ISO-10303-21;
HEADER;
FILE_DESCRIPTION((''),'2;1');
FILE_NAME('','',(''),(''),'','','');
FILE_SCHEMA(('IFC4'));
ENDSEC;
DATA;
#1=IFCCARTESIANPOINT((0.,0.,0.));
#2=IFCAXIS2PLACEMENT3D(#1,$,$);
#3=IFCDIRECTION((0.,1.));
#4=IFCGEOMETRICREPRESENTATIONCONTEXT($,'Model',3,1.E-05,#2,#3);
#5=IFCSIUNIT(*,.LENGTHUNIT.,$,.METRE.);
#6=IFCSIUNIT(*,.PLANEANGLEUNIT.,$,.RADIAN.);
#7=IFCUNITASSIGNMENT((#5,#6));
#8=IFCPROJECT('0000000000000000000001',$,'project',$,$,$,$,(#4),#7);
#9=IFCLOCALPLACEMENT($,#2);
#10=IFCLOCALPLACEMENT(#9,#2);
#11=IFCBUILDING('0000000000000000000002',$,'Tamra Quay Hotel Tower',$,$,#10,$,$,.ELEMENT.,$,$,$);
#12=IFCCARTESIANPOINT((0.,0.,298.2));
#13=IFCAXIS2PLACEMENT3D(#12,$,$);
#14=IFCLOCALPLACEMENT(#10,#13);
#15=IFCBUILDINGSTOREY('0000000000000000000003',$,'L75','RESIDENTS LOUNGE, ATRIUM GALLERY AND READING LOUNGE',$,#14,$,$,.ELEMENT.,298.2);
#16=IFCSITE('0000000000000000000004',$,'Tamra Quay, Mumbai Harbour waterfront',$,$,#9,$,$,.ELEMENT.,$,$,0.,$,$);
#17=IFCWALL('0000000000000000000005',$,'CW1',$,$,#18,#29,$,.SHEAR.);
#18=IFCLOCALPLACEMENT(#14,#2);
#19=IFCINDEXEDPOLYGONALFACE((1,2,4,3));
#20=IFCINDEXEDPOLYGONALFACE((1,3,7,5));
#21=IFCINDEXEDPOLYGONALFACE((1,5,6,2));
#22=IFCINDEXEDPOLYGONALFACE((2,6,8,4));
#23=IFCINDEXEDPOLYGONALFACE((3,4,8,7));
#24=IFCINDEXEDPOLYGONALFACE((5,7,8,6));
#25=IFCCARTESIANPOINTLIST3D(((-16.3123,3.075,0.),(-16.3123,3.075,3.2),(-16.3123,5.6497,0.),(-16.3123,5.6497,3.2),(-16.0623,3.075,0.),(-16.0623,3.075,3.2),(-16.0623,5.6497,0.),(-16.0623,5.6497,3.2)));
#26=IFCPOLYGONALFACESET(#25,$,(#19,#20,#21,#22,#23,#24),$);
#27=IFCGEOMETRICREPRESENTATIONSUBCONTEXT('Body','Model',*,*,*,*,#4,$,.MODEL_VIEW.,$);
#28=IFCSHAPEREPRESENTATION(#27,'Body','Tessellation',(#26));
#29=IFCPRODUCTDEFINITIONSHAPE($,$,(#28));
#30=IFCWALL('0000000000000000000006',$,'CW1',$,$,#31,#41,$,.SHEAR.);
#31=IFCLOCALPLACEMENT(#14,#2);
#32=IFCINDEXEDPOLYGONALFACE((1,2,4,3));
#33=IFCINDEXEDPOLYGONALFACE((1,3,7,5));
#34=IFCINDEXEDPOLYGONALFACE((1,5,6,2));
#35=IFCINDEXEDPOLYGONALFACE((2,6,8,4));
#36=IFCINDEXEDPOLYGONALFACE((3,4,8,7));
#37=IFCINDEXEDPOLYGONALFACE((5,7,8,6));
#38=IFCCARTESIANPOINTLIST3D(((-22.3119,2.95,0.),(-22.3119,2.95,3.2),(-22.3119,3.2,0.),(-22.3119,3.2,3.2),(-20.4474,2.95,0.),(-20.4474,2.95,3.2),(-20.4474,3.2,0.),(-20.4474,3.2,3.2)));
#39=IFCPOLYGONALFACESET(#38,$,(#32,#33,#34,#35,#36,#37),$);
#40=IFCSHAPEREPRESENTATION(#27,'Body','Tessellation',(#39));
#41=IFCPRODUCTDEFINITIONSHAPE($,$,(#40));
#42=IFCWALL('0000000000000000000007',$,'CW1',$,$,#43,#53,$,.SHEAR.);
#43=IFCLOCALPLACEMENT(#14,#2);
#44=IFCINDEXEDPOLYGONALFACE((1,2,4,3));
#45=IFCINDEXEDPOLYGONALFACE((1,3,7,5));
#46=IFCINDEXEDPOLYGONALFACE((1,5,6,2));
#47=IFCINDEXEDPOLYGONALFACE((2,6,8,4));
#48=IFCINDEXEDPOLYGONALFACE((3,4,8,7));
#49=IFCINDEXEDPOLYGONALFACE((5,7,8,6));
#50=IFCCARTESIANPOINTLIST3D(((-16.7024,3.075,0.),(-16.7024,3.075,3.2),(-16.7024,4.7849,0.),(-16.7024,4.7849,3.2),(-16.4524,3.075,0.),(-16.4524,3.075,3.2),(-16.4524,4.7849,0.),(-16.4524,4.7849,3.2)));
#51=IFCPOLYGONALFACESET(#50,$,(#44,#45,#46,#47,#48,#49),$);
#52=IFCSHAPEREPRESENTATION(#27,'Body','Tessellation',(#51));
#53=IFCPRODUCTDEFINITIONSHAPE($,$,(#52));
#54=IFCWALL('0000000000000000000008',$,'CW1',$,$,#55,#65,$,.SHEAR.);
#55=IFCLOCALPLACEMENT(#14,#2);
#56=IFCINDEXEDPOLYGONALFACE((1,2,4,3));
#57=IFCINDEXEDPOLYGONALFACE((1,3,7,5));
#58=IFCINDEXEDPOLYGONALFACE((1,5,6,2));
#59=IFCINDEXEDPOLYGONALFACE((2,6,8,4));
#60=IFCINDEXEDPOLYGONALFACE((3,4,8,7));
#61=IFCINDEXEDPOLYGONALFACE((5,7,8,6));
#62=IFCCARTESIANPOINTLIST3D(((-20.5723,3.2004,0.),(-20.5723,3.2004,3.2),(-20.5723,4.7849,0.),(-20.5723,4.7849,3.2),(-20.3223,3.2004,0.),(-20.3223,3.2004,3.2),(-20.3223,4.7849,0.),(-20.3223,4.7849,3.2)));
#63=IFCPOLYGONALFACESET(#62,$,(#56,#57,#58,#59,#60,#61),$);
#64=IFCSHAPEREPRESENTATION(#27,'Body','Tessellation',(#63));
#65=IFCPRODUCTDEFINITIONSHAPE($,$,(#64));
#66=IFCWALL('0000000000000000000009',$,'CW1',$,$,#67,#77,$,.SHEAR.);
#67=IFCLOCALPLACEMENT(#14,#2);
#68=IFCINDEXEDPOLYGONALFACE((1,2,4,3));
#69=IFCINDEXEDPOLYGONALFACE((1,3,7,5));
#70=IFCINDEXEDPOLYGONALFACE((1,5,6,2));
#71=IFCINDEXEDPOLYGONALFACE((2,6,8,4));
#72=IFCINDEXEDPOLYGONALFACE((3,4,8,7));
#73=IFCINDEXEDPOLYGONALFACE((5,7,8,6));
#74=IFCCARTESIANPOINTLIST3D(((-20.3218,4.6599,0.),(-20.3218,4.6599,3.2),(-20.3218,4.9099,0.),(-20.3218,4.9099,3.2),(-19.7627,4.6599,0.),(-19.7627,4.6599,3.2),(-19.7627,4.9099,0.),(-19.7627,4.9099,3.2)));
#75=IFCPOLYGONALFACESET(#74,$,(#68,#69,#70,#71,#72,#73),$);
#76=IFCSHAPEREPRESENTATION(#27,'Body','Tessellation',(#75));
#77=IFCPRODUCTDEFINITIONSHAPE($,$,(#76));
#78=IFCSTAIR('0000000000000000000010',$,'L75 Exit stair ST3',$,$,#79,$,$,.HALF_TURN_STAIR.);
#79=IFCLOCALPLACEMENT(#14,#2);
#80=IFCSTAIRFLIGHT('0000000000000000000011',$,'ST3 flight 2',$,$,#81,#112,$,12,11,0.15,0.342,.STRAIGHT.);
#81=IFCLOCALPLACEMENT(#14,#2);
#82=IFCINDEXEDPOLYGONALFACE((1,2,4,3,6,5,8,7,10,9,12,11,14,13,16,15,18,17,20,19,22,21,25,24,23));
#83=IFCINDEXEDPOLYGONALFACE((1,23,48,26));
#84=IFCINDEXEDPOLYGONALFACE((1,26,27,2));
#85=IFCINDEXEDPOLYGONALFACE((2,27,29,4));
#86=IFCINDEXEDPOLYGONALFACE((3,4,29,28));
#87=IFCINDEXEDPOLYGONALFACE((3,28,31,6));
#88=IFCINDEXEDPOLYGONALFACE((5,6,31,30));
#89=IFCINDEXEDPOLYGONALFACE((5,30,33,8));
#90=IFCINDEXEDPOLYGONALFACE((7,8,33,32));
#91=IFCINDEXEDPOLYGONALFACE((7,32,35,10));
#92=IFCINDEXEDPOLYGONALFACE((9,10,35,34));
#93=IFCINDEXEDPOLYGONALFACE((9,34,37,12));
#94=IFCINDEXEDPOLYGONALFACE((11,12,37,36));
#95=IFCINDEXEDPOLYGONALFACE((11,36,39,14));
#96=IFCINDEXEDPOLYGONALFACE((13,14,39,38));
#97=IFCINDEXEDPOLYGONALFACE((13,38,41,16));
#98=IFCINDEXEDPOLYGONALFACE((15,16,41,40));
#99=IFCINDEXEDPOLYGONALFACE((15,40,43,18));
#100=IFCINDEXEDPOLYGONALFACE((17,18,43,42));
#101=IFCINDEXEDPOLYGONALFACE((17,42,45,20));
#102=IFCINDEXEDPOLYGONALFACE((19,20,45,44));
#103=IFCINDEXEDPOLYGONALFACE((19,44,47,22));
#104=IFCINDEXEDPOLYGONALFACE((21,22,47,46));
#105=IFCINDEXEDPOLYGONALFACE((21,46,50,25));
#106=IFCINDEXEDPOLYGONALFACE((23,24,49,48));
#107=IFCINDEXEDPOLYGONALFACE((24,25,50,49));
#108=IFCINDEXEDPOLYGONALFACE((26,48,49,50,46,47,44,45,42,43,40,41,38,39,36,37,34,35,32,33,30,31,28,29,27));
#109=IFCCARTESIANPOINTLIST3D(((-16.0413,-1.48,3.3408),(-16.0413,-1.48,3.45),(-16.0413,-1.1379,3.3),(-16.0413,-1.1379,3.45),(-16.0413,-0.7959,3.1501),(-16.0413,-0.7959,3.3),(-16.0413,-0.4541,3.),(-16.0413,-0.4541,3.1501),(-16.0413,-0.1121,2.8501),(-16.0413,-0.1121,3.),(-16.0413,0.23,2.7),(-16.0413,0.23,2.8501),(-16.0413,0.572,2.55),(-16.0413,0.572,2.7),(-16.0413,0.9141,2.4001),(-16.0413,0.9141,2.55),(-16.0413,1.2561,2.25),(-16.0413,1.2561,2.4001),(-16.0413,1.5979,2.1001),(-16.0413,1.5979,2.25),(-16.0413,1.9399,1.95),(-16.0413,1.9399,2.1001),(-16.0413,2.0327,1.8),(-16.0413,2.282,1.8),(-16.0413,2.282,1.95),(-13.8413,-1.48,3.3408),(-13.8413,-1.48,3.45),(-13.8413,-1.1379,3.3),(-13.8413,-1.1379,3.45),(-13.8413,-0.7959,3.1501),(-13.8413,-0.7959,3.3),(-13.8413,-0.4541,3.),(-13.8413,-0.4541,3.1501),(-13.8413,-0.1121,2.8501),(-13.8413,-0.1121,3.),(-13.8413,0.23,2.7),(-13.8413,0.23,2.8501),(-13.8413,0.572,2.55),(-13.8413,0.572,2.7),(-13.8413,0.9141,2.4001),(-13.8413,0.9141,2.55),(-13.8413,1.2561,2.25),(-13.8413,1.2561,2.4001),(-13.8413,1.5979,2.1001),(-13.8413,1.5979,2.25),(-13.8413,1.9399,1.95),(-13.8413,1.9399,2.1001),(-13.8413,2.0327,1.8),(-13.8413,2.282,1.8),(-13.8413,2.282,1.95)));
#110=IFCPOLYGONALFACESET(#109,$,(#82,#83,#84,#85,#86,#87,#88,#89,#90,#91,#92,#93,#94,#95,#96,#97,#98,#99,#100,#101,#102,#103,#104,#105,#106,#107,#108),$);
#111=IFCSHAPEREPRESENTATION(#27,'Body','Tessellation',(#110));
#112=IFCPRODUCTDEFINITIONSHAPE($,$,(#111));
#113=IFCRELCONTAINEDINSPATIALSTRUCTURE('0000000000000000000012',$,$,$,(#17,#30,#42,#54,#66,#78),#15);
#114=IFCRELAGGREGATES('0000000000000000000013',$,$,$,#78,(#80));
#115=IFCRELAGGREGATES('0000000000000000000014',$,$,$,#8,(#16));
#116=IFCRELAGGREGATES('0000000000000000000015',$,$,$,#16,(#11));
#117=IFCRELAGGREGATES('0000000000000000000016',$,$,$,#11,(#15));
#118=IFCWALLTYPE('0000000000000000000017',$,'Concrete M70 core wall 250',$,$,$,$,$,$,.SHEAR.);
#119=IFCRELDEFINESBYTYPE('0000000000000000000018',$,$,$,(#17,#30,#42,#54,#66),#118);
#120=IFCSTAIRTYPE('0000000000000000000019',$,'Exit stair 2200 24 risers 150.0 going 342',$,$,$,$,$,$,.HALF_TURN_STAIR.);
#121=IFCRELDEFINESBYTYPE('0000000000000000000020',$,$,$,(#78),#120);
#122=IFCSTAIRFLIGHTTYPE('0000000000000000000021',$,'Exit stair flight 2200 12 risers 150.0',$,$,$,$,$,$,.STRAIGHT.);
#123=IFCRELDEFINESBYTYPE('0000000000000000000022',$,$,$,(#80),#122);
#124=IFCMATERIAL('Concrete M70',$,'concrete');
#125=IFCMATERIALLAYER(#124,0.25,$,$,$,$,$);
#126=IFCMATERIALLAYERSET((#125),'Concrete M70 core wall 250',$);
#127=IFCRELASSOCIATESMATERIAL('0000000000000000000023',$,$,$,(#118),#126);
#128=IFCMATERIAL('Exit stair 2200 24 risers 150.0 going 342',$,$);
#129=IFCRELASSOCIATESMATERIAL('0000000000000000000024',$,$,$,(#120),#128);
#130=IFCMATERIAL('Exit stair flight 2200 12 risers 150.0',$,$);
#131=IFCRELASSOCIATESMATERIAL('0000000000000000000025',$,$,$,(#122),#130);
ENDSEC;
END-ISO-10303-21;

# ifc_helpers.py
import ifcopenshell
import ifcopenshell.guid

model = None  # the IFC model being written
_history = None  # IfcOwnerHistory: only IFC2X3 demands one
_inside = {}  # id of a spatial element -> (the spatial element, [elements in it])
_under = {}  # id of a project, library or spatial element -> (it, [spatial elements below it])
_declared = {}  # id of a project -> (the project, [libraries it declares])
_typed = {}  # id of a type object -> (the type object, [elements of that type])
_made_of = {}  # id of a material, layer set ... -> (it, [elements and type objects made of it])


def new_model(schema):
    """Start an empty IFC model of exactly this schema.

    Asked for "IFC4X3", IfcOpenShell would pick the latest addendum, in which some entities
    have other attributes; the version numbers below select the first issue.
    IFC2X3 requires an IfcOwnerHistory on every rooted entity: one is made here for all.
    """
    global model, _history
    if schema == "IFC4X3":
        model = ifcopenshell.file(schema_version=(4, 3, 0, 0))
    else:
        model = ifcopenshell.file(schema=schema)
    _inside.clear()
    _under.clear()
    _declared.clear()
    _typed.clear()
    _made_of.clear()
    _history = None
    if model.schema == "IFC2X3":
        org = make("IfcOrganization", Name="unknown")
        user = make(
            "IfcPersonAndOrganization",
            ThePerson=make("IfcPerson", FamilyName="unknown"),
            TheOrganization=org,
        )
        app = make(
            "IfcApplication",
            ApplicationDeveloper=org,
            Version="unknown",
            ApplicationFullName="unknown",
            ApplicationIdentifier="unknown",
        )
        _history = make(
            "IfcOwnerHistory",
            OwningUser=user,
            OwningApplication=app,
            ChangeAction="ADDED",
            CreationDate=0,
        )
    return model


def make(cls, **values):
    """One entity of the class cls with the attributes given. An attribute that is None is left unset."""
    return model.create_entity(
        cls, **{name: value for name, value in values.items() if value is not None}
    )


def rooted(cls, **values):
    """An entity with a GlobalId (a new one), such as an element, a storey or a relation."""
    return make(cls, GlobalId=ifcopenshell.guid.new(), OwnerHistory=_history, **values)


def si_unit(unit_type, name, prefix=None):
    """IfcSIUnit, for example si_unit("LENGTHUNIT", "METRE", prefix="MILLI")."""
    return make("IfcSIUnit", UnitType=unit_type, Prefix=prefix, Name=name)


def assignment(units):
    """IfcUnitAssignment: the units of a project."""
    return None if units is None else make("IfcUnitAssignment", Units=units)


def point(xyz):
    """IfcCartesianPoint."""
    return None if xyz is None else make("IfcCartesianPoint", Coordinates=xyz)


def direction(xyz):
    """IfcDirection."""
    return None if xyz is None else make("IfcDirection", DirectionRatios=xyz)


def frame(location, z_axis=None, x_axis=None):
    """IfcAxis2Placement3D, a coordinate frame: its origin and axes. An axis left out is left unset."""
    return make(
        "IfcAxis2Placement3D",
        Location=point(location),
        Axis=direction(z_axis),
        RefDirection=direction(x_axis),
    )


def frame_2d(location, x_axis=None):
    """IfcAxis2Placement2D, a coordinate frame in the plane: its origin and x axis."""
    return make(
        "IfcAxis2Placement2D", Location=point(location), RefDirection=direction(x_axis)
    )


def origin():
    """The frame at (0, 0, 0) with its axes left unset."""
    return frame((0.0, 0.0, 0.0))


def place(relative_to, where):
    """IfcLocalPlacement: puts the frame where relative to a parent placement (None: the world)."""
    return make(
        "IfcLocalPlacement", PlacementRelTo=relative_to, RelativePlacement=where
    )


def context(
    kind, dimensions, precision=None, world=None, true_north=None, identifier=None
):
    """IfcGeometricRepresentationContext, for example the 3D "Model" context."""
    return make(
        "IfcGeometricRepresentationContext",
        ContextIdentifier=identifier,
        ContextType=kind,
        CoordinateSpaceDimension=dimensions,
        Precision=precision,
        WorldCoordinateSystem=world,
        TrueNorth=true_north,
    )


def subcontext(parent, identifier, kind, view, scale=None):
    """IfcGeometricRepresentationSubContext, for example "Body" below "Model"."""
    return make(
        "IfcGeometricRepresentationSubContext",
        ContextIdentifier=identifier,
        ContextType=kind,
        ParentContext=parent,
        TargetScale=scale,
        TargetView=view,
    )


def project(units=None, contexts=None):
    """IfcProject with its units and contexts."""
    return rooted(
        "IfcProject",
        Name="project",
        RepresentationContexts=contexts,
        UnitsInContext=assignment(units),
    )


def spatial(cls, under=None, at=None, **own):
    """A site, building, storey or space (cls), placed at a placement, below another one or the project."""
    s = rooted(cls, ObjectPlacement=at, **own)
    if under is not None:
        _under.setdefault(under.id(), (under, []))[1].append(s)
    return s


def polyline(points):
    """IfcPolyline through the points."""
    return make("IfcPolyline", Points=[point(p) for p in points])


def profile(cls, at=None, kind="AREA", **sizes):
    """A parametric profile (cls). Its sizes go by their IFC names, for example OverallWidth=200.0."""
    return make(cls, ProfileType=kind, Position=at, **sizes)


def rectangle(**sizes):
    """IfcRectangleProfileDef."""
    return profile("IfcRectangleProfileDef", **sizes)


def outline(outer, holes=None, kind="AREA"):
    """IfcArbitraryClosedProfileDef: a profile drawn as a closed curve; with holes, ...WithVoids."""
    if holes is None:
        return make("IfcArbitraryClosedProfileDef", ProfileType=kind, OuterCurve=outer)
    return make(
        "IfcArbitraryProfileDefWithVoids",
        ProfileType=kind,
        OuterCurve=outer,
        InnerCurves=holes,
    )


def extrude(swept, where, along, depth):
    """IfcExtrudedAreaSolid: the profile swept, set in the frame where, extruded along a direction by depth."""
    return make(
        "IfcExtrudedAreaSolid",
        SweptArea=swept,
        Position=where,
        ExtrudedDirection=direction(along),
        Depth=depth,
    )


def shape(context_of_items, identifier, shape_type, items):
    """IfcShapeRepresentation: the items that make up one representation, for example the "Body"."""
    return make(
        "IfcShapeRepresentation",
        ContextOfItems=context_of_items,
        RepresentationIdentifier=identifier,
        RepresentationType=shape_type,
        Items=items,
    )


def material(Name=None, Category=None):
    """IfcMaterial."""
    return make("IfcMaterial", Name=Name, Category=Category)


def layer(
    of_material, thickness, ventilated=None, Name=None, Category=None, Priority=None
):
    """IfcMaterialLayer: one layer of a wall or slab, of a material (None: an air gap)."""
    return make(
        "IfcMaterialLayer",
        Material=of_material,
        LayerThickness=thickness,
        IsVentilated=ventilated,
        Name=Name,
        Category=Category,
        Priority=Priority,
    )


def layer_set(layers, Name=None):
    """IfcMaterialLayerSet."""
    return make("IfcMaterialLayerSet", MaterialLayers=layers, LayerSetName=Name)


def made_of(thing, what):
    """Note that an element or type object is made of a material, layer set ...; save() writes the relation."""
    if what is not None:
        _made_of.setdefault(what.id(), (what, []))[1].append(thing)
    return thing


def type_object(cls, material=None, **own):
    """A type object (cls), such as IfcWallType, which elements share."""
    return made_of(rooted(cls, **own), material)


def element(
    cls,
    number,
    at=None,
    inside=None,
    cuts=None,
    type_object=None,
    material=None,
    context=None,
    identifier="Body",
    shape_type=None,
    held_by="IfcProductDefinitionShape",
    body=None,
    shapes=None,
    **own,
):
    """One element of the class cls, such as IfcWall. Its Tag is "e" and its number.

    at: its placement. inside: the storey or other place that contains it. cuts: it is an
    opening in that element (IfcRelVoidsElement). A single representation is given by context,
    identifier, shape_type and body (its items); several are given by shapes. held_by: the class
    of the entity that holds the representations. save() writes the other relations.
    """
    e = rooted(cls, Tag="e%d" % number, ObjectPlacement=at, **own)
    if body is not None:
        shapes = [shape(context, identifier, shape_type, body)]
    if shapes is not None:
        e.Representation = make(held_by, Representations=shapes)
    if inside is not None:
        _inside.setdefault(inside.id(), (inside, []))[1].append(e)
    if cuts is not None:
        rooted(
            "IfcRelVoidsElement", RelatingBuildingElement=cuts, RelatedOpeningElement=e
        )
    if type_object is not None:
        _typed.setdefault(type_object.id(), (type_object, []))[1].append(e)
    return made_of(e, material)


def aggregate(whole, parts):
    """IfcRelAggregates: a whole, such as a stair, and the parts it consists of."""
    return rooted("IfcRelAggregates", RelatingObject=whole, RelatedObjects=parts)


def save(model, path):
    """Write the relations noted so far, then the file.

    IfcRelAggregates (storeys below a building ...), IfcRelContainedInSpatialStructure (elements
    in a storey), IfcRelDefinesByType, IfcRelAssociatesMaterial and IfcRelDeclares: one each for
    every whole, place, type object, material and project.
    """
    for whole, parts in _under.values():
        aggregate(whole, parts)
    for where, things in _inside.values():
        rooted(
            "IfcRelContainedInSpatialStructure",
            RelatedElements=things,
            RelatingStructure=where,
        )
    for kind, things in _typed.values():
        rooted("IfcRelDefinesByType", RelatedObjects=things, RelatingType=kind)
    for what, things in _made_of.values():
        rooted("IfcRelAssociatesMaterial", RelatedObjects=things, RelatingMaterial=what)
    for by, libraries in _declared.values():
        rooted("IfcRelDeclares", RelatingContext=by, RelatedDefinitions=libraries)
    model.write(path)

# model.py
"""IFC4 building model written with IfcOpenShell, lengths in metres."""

from ifc_helpers import new_model, si_unit, direction, frame, frame_2d, origin, place, context, subcontext, project, spatial, polyline, rectangle, outline, extrude, material, layer, layer_set, type_object, element, aggregate, save


model = new_model("IFC4")

# Units and contexts
model_context = context("Model", 3, precision=1e-05, world=origin(), true_north=direction((0.0, 1.0)))
body_context = subcontext(model_context, "Body", "Model", "MODEL_VIEW")
ifc_project = project(units=[si_unit("LENGTHUNIT", "METRE"), si_unit("PLANEANGLEUNIT", "RADIAN")], contexts=[model_context])

# Site, building, storey
site_placement = place(None, origin())
site = spatial("IfcSite", under=ifc_project, at=site_placement, Name="Tamra Quay, Mumbai Harbour waterfront", CompositionType="ELEMENT", RefElevation=0.0)
building_placement = place(site_placement, origin())
building = spatial("IfcBuilding", under=site, at=building_placement, Name="Tamra Quay Hotel Tower", CompositionType="ELEMENT")
storey_placement = place(building_placement, frame((0.0, 0.0, 298.2)))
storey = spatial("IfcBuildingStorey", under=building, at=storey_placement, Name="L75", Description="RESIDENTS LOUNGE, ATRIUM GALLERY AND READING LOUNGE", CompositionType="ELEMENT", Elevation=298.2)

# Shared definitions
ifc_material_1 = material(Name="Concrete M70", Category="concrete")

# Walls
ifc_layer_1 = layer(ifc_material_1, 0.25)
ifc_layer_set_1 = layer_set([ifc_layer_1], Name="Concrete M70 core wall 250")
wall_type_1 = type_object("IfcWallType", Name="Concrete M70 core wall 250", PredefinedType="SHEAR", material=ifc_layer_set_1)
wall_1_placement = place(storey_placement, frame((-16.1873, 3.075, 0.0), z_axis=(0.0, 0.0, 1.0), x_axis=(0.0, 1.0, 0.0)))
element("IfcWall", 1, at=wall_1_placement, inside=storey, type_object=wall_type_1, Name="CW1", PredefinedType="SHEAR", context=body_context, shape_type="SweptSolid", body=[
    extrude(rectangle(XDim=2.5747, YDim=0.25, at=frame_2d((1.2874, 0.0))), origin(), (0.0, 0.0, 1.0), 3.2),
])
wall_2_placement = place(storey_placement, frame((-22.3118, 3.075, 0.0), z_axis=(0.0, 0.0, 1.0), x_axis=(1.0, 0.0, 0.0)))
element("IfcWall", 2, at=wall_2_placement, inside=storey, type_object=wall_type_1, Name="CW1", PredefinedType="SHEAR", context=body_context, shape_type="SweptSolid", body=[
    extrude(rectangle(XDim=1.8645, YDim=0.25, at=frame_2d((0.9321, 0.0))), origin(), (0.0, 0.0, 1.0), 3.2),
])
wall_3_placement = place(storey_placement, frame((-16.5774, 4.7849, 0.0), z_axis=(0.0, 0.0, 1.0), x_axis=(0.0, -1.0, 0.0)))
element("IfcWall", 3, at=wall_3_placement, inside=storey, type_object=wall_type_1, Name="CW1", PredefinedType="SHEAR", context=body_context, shape_type="SweptSolid", body=[
    extrude(rectangle(XDim=1.71, YDim=0.25, at=frame_2d((0.855, 0.0))), origin(), (0.0, 0.0, 1.0), 3.2),
])
wall_4_placement = place(storey_placement, frame((-20.4473, 3.2004, 0.0), z_axis=(0.0, 0.0, 1.0), x_axis=(0.0, 1.0, 0.0)))
element("IfcWall", 4, at=wall_4_placement, inside=storey, type_object=wall_type_1, Name="CW1", PredefinedType="SHEAR", context=body_context, shape_type="SweptSolid", body=[
    extrude(rectangle(XDim=1.5845, YDim=0.25, at=frame_2d((0.7922, 0.0))), origin(), (0.0, 0.0, 1.0), 3.2),
])
wall_5_placement = place(storey_placement, frame((-20.3218, 4.7849, 0.0), z_axis=(0.0, 0.0, 1.0), x_axis=(1.0, 0.0, 0.0)))
element("IfcWall", 5, at=wall_5_placement, inside=storey, type_object=wall_type_1, Name="CW1", PredefinedType="SHEAR", context=body_context, shape_type="SweptSolid", body=[
    extrude(rectangle(XDim=0.5591, YDim=0.25, at=frame_2d((0.2795, 0.0))), origin(), (0.0, 0.0, 1.0), 3.2),
])

# Stair, stair flight
ifc_material_2 = material(Name="Exit stair 2200 24 risers 150.0 going 342")
stair_type = type_object("IfcStairType", Name="Exit stair 2200 24 risers 150.0 going 342", PredefinedType="HALF_TURN_STAIR", material=ifc_material_2)
stair_placement = place(storey_placement, origin())
stair = element("IfcStair", 6, at=stair_placement, inside=storey, type_object=stair_type, Name="L75 Exit stair ST3", PredefinedType="HALF_TURN_STAIR")
ifc_material_3 = material(Name="Exit stair flight 2200 12 risers 150.0")
stair_flight_type = type_object("IfcStairFlightType", Name="Exit stair flight 2200 12 risers 150.0", PredefinedType="STRAIGHT", material=ifc_material_3)
stair_flight_placement = place(storey_placement, frame((-14.9414, 2.282, 1.8), z_axis=(0.0, 0.0, 1.0), x_axis=(0.0, -1.0, 0.0)))
stair_flight = element("IfcStairFlight", 7, at=stair_flight_placement, type_object=stair_flight_type, Name="ST3 flight 2", NumberOfRisers=12, NumberOfTreads=11, PredefinedType="STRAIGHT", RiserHeight=0.15, TreadLength=0.342, context=body_context, shape_type="SweptSolid", body=[
    extrude(outline(polyline([(0.0, 0.0), (0.0, 0.1499), (0.342, 0.1499), (0.342, 0.3), (0.6841, 0.3), (0.6841, 0.45), (1.0259, 0.45), (1.0259, 0.6001), (1.3679, 0.6001), (1.3679, 0.75), (1.71, 0.75), (1.71, 0.8999), (2.052, 0.8999), (2.052, 1.05), (2.394, 1.05), (2.394, 1.2), (2.7361, 1.2), (2.7361, 1.3501), (3.0779, 1.3501), (3.0779, 1.5), (3.4199, 1.5), (3.4199, 1.6499), (3.762, 1.6499), (3.762, 1.8), (3.762, 1.5408), (0.2493, 0.0), (0.0, 0.0)])), frame((0.0, 1.1001, 0.0), z_axis=(0.0, -1.0, 0.0), x_axis=(1.0, 0.0, 0.0)), (0.0, 0.0, 1.0), 2.2),
])
aggregate(stair, [stair_flight])

save(model, "model.ifc")
